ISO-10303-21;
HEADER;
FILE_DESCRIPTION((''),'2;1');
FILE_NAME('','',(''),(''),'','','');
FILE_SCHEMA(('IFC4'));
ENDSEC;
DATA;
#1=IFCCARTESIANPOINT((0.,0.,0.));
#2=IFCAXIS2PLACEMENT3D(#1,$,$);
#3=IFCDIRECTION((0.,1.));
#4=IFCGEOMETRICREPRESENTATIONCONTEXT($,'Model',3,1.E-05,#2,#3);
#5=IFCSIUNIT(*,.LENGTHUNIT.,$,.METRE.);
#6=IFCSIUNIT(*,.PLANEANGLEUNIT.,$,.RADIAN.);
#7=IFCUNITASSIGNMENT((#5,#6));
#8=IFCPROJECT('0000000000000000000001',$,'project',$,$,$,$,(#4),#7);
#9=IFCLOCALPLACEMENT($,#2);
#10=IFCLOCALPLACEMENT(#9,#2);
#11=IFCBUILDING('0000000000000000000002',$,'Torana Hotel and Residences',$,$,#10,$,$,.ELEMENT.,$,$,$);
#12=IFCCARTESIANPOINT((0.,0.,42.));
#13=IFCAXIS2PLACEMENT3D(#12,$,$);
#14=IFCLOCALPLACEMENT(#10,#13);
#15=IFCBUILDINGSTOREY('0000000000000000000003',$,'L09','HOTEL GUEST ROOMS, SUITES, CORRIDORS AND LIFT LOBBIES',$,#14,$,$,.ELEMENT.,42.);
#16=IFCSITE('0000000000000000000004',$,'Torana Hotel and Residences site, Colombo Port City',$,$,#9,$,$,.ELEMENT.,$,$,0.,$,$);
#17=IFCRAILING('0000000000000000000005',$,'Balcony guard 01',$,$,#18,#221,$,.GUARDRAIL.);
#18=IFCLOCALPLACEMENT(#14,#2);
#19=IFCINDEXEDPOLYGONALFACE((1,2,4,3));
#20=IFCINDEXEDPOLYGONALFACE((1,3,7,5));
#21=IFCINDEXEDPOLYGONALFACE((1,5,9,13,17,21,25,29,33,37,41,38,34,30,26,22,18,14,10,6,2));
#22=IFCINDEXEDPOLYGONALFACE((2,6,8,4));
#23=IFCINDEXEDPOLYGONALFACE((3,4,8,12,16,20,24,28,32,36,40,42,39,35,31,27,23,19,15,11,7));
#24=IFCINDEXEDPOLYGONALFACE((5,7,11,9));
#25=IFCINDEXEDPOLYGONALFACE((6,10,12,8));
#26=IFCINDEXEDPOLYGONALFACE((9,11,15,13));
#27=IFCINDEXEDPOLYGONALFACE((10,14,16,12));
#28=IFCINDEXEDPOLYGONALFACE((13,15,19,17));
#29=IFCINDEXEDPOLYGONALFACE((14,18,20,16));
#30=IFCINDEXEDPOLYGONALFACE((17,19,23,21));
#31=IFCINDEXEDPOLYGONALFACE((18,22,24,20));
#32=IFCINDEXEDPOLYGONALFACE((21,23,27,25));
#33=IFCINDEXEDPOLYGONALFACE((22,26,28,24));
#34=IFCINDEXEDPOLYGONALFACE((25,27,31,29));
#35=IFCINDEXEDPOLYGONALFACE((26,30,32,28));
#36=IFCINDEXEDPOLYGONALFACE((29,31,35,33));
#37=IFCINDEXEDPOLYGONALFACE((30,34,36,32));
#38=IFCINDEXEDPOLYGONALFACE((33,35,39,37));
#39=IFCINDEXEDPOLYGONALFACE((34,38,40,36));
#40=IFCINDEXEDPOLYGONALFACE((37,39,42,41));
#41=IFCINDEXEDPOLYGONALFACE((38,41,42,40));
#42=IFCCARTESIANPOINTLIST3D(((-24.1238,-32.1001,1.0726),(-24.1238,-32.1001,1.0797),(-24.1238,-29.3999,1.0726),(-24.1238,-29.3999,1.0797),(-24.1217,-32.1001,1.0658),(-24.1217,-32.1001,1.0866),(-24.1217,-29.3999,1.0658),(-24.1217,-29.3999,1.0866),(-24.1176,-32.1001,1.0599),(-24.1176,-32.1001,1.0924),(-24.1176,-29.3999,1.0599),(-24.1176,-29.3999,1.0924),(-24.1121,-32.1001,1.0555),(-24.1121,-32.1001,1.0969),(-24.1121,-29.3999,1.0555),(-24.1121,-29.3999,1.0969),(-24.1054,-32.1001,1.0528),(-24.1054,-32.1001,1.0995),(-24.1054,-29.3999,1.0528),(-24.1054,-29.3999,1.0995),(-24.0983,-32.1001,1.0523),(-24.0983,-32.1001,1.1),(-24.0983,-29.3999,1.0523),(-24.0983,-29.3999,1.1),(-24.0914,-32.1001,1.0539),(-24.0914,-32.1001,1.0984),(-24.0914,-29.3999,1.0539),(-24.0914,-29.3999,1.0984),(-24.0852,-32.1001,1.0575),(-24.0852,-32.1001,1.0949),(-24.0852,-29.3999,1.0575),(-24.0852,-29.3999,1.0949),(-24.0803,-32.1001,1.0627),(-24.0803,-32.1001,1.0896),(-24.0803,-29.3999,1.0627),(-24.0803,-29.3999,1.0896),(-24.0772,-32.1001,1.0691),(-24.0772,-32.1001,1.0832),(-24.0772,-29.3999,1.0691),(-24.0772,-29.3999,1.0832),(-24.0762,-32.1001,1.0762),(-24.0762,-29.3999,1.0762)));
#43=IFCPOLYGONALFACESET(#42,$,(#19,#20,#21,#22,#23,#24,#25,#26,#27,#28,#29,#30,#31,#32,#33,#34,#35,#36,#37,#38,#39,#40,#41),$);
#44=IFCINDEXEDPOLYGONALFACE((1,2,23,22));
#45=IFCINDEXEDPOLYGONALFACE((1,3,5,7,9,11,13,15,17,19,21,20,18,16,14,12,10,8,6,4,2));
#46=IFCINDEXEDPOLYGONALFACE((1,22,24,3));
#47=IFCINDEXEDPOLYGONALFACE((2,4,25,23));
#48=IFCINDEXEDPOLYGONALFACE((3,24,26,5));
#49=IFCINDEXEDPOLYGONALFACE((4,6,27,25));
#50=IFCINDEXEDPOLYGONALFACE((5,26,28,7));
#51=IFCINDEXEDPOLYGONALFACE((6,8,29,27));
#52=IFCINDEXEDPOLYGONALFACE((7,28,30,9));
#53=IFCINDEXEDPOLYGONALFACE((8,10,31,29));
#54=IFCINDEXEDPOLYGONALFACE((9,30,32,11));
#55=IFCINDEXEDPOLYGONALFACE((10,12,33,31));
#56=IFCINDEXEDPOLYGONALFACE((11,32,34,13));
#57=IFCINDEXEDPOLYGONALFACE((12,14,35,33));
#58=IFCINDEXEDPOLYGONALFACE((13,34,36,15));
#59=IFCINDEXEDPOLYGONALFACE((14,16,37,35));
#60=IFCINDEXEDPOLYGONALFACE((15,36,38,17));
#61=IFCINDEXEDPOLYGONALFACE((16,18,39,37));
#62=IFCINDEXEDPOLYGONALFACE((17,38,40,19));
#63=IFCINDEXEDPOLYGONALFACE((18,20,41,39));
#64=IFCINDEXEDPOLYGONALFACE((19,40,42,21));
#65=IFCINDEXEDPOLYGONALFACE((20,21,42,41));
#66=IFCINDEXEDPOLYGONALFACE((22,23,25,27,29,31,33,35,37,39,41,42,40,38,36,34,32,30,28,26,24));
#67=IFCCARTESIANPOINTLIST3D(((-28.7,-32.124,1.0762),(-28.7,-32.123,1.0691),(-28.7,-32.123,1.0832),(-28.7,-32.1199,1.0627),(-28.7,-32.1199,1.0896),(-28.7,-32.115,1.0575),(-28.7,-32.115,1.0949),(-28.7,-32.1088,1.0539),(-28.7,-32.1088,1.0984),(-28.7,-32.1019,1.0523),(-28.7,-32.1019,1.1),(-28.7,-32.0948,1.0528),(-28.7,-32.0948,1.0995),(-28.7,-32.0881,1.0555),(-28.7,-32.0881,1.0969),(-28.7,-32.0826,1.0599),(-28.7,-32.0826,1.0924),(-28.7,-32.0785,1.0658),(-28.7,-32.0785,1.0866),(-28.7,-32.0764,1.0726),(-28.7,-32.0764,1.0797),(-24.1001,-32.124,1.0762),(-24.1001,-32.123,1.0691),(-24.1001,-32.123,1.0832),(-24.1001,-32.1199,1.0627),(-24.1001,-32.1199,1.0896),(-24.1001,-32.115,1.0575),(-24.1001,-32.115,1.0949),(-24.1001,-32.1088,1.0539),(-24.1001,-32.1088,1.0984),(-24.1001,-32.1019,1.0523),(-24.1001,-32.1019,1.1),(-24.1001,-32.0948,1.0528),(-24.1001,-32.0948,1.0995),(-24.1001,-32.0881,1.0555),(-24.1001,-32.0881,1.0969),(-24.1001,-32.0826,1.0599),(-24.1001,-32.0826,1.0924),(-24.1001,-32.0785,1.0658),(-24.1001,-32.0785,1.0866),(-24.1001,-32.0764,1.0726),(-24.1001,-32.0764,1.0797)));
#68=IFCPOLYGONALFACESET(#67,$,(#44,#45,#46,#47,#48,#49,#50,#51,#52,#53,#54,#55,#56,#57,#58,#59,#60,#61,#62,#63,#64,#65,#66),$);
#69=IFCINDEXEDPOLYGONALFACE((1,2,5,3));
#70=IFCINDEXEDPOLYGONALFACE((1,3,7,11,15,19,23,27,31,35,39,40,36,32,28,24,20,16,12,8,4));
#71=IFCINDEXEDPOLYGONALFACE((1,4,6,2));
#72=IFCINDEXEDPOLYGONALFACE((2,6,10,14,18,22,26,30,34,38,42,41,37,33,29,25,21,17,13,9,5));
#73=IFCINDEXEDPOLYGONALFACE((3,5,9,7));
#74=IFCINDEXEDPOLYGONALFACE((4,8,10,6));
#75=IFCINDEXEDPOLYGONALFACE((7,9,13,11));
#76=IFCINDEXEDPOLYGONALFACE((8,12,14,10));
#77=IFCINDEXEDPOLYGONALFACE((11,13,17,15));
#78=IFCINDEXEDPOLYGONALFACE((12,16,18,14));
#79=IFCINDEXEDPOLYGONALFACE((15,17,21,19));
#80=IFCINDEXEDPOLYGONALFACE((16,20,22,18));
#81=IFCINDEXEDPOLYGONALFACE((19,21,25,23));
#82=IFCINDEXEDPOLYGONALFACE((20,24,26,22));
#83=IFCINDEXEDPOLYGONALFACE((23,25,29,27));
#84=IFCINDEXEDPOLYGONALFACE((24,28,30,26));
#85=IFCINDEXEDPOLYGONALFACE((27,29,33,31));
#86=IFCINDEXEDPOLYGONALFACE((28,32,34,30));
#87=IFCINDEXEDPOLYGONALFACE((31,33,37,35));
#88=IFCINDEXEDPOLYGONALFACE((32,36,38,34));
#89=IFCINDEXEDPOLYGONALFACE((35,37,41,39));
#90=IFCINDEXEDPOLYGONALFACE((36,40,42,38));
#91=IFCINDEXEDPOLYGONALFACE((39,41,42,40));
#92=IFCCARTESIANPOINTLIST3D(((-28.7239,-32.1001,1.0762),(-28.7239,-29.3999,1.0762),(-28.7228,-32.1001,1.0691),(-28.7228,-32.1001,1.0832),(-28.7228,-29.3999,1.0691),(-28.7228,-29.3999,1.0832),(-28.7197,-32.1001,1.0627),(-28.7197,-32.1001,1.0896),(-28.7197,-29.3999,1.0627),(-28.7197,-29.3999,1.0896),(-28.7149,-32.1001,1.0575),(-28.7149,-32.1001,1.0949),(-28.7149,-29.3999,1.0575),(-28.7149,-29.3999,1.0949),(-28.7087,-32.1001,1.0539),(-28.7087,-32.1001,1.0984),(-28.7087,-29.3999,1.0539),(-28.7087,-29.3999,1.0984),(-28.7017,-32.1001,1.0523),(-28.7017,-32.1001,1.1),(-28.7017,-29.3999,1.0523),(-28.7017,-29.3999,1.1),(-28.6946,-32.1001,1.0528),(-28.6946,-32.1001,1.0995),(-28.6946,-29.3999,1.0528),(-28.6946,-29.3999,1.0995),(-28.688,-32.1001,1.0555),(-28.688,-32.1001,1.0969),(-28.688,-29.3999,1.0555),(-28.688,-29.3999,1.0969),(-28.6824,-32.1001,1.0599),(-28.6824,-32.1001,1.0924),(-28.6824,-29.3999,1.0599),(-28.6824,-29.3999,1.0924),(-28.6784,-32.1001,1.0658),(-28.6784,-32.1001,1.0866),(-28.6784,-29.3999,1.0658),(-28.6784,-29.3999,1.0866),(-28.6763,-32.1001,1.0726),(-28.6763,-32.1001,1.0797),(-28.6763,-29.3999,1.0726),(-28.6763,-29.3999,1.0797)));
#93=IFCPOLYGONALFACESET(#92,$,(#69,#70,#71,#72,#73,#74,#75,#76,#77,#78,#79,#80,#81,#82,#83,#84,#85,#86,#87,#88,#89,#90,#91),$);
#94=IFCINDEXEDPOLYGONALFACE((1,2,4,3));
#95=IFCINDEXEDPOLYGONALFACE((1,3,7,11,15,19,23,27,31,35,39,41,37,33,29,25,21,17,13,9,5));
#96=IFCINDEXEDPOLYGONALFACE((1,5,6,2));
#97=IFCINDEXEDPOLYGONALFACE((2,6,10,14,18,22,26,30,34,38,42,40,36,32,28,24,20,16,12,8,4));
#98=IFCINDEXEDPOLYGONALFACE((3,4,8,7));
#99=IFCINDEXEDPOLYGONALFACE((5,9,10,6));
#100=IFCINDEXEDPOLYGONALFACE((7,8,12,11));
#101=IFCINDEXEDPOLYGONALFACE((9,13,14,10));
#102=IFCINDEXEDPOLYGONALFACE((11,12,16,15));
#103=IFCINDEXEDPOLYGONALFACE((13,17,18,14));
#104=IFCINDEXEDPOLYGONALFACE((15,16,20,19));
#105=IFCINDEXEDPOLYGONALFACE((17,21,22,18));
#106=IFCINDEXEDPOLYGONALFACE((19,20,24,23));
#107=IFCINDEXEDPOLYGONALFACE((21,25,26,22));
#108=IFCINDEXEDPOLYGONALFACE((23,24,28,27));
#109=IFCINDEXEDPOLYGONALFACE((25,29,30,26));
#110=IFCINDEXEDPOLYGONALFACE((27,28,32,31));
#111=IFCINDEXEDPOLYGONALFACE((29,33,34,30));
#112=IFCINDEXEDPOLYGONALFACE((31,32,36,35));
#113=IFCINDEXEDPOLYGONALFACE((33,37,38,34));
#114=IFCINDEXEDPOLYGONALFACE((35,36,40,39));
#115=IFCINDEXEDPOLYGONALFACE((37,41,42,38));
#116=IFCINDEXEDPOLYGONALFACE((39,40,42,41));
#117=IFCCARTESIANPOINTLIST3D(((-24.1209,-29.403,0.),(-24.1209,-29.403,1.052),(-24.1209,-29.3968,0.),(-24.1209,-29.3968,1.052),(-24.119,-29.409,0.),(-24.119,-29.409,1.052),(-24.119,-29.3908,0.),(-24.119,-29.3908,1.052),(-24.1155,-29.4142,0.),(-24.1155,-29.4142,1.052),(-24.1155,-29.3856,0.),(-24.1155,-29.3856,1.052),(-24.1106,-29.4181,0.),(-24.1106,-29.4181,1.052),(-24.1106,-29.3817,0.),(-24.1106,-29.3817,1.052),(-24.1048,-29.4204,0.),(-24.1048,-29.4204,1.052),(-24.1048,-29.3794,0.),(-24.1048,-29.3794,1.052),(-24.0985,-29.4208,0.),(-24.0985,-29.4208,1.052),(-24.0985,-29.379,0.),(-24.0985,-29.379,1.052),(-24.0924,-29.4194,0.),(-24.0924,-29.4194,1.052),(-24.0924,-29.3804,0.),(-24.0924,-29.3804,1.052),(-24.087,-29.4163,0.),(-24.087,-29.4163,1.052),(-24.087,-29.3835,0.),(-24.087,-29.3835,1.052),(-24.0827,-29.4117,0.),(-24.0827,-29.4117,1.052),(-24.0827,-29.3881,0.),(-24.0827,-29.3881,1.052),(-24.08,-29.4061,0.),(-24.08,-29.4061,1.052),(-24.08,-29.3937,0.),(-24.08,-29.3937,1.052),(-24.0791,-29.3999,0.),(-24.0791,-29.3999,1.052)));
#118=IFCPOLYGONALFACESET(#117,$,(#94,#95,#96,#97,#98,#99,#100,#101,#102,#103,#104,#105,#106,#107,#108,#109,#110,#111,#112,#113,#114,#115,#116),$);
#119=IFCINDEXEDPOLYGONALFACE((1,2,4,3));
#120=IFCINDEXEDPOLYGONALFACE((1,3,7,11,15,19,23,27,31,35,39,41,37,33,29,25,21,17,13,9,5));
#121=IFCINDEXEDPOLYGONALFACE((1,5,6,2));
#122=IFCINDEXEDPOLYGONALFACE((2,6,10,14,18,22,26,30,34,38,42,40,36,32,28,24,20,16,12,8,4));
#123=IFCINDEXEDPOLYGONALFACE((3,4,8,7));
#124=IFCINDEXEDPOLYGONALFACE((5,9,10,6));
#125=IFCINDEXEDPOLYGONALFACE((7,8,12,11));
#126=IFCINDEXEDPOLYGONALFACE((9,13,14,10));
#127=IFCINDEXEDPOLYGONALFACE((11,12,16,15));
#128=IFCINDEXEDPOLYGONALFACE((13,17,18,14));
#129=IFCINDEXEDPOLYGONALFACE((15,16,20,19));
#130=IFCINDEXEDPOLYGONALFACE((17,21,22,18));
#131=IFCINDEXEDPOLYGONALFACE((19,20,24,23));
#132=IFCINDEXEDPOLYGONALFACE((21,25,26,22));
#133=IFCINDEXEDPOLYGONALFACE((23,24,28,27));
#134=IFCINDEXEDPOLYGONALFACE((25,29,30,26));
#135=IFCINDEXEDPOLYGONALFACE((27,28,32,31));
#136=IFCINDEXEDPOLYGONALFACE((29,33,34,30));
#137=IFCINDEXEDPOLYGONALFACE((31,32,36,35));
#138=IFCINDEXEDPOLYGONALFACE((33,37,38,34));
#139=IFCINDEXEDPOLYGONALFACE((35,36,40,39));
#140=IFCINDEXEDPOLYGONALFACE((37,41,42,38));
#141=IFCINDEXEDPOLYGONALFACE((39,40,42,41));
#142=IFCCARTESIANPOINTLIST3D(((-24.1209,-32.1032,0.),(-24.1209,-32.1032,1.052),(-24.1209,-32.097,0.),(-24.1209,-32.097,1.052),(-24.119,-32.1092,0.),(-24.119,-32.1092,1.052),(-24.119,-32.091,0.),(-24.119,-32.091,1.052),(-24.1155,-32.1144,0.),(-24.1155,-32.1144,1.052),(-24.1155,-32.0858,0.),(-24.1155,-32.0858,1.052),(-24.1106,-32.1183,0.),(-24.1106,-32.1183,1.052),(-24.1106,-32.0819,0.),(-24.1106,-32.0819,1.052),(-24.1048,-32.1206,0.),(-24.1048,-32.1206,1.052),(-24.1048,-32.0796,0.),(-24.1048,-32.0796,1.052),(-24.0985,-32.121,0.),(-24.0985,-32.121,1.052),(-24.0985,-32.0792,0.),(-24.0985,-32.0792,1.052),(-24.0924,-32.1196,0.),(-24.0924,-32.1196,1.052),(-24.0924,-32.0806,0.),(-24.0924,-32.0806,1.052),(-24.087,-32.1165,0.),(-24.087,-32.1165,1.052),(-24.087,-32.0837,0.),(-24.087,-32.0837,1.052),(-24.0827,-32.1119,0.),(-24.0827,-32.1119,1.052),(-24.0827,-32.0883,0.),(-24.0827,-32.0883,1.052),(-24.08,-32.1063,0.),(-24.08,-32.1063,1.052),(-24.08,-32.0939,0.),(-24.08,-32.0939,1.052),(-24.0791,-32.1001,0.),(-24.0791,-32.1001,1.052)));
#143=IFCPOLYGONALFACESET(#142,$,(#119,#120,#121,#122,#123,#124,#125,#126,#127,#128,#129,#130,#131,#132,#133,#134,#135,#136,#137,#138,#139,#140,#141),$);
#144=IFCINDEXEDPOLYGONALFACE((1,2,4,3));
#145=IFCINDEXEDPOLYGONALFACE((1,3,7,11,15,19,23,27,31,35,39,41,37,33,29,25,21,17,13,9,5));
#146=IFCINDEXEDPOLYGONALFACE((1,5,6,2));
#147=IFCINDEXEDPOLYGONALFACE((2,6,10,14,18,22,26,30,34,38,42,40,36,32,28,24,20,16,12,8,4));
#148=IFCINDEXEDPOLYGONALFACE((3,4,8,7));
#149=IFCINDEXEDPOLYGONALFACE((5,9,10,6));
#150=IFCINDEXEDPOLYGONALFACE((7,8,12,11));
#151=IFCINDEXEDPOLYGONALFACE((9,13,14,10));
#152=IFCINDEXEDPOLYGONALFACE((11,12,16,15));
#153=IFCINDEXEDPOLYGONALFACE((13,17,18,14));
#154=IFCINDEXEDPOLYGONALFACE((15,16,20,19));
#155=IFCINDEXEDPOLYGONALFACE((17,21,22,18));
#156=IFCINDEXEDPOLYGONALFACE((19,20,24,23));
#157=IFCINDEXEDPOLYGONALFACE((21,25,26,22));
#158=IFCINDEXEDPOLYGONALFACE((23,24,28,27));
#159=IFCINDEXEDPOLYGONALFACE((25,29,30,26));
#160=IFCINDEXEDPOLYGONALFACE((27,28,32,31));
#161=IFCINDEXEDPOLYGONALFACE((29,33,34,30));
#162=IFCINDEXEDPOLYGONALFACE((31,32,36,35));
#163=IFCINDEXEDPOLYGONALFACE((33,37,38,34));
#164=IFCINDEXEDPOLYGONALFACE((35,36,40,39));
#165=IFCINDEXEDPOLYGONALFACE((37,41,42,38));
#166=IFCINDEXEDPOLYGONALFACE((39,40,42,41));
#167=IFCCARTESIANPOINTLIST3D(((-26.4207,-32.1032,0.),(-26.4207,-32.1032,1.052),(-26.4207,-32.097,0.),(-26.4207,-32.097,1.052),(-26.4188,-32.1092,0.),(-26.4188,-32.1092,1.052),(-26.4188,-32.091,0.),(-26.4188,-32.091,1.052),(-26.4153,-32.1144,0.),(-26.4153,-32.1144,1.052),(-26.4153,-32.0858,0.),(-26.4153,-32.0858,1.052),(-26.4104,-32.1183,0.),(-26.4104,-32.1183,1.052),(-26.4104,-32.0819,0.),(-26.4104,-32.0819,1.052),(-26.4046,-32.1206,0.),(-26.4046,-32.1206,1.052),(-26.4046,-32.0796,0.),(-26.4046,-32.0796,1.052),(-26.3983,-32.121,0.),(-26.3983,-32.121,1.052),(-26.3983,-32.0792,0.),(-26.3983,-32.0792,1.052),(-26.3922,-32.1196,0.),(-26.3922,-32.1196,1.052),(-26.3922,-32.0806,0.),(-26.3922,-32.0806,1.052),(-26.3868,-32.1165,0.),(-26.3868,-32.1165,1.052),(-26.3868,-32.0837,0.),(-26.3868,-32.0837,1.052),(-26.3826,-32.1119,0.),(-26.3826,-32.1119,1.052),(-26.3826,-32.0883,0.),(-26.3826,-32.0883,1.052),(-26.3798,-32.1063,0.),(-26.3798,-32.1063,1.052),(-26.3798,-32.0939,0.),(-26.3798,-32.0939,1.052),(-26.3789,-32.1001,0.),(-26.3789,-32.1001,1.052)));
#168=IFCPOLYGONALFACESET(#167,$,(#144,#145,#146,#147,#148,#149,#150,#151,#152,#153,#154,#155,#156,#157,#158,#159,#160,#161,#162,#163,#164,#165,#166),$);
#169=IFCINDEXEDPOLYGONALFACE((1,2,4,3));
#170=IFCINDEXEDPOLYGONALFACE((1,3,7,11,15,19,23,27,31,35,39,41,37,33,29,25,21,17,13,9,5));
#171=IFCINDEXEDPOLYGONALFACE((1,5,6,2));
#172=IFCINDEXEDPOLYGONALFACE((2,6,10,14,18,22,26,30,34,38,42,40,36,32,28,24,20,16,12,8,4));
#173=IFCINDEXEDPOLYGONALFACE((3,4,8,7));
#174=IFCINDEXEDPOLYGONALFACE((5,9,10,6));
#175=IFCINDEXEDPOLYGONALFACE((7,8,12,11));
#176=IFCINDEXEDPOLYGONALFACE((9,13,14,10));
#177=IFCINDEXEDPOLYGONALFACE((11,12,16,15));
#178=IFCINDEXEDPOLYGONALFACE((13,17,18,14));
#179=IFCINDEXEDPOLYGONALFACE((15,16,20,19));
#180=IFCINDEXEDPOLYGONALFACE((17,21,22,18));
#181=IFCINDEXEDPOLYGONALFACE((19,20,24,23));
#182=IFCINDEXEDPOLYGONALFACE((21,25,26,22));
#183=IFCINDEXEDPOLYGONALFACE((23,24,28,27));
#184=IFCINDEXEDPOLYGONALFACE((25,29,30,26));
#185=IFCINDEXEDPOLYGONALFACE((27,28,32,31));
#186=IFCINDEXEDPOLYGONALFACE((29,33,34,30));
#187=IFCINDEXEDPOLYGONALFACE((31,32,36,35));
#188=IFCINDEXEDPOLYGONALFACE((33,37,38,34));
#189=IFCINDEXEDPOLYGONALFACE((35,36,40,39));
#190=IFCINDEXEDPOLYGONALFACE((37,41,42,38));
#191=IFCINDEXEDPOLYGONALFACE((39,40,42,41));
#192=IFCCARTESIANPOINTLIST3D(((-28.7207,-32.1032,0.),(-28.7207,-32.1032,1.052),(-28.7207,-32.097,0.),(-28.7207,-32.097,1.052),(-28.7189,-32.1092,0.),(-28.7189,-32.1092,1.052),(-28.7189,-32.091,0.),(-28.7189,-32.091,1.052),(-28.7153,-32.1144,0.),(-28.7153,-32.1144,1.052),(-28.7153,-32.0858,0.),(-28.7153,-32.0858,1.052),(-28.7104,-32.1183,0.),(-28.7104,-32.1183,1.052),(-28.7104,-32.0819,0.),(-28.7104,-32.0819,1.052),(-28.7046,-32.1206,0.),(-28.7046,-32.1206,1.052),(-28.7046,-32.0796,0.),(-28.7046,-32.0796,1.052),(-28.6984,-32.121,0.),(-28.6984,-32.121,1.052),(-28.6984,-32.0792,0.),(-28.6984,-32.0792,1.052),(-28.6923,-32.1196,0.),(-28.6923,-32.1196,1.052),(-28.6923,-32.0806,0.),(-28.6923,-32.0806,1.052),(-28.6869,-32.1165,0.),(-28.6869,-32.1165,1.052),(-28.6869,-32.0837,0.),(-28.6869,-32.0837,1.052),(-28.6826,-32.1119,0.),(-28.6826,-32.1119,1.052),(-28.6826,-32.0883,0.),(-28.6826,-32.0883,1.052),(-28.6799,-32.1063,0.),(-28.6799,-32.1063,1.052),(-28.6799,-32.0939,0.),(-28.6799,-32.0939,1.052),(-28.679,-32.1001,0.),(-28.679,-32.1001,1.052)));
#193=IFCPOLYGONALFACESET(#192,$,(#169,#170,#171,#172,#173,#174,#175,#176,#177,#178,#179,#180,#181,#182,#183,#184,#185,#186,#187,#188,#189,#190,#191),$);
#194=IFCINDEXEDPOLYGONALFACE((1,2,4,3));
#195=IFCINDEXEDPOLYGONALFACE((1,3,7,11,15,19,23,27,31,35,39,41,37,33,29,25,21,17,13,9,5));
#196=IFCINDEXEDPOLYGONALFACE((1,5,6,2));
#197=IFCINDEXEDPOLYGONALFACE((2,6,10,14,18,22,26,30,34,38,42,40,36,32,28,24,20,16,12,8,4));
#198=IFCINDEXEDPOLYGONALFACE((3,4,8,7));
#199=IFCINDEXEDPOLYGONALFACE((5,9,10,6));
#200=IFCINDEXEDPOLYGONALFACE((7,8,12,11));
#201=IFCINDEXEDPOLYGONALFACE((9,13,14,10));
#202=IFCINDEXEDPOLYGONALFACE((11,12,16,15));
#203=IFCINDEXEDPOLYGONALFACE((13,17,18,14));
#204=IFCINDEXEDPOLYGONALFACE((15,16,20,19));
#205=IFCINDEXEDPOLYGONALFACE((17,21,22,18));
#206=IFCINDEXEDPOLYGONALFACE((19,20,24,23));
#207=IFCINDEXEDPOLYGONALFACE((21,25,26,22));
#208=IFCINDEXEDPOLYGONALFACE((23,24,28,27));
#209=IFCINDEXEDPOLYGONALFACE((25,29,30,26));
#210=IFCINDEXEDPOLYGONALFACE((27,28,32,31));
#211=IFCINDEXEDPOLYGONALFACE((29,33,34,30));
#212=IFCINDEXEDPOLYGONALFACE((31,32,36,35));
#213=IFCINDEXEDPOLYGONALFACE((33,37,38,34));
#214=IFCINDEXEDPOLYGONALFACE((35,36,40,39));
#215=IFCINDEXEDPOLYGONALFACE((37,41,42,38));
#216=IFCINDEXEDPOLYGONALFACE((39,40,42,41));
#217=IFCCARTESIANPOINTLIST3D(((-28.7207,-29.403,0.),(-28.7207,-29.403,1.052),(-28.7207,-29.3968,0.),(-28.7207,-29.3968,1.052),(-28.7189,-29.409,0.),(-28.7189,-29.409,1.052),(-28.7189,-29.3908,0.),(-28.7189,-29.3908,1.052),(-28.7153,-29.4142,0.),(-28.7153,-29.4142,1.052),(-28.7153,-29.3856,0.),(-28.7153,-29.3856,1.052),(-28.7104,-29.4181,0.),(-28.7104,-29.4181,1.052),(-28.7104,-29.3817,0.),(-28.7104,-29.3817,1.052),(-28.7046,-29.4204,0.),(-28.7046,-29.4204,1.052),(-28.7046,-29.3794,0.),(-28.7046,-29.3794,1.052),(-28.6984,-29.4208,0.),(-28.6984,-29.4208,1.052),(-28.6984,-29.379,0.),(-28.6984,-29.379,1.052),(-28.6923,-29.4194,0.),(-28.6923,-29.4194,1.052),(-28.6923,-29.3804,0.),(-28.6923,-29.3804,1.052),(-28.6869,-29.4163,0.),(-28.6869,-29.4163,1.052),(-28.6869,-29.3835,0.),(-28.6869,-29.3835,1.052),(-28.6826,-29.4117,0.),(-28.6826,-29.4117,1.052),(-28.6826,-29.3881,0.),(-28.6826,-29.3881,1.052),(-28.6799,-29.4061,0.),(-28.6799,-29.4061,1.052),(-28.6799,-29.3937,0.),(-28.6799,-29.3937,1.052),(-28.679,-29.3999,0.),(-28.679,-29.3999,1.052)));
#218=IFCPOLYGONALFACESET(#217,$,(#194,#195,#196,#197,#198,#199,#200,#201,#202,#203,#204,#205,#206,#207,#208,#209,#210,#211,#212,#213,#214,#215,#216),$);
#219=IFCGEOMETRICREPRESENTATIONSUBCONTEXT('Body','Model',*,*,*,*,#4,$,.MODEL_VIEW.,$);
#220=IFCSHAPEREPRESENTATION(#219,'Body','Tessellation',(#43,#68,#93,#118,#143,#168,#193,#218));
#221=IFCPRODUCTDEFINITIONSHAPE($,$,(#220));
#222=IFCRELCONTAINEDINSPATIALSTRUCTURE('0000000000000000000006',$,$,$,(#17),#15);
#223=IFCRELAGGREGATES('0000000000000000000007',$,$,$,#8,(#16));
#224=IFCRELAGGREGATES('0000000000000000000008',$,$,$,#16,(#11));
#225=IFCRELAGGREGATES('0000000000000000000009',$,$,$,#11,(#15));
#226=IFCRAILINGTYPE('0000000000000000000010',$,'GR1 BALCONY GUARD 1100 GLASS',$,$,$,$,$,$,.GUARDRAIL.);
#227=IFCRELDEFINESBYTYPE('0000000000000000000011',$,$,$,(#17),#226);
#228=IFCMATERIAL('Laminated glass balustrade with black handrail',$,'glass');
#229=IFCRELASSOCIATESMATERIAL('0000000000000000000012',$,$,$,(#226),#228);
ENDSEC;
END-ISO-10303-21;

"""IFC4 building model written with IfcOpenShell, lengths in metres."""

from ifc_helpers import new_model, si_unit, direction, frame, origin, origin_2d, place, context, subcontext, project, spatial, circle, extrude, material, type_object, element, save


model = new_model("IFC4")

# Units and contexts
model_context = context("Model", 3, precision=1e-05, world=origin(), true_north=direction((0.0, 1.0)))
body_context = subcontext(model_context, "Body", "Model", "MODEL_VIEW")
ifc_project = project(units=[si_unit("LENGTHUNIT", "METRE"), si_unit("PLANEANGLEUNIT", "RADIAN")], contexts=[model_context])

# Site, building, storey
site_placement = place(None, origin())
site = spatial("IfcSite", under=ifc_project, at=site_placement, Name="Torana Hotel and Residences site, Colombo Port City", CompositionType="ELEMENT", RefElevation=0.0)
building_placement = place(site_placement, origin())
building = spatial("IfcBuilding", under=site, at=building_placement, Name="Torana Hotel and Residences", CompositionType="ELEMENT")
storey_placement = place(building_placement, frame((0.0, 0.0, 42.0)))
storey = spatial("IfcBuildingStorey", under=building, at=storey_placement, Name="L09", Description="HOTEL GUEST ROOMS, SUITES, CORRIDORS AND LIFT LOBBIES", CompositionType="ELEMENT", Elevation=42.0)

# Railing
ifc_material_1 = material(Name="Laminated glass balustrade with black handrail", Category="glass")
railing_type = type_object("IfcRailingType", Name="GR1 BALCONY GUARD 1100 GLASS", PredefinedType="GUARDRAIL", material=ifc_material_1)
railing_placement = place(storey_placement, frame((-24.1001, -29.3999, 0.0)))
element("IfcRailing", 1, at=railing_placement, inside=storey, type_object=railing_type, Name="Balcony guard 01", PredefinedType="GUARDRAIL", context=body_context, shape_type="SweptSolid", body=[
    extrude(circle(Radius=0.0239, at=origin_2d()), frame((0.0, 0.0, 1.0762), z_axis=(0.0, -1.0, 0.0), x_axis=(1.0, 0.0, 0.0)), (0.0, 0.0, 1.0), 2.7002),
    extrude(circle(Radius=0.0239, at=origin_2d()), frame((0.0, -2.7002, 1.0762), z_axis=(-1.0, 0.0, 0.0), x_axis=(0.0, -1.0, 0.0)), (0.0, 0.0, 1.0), 4.5999),
    extrude(circle(Radius=0.0239, at=origin_2d()), frame((-4.5999, -2.7002, 1.0762), z_axis=(0.0, 1.0, 0.0), x_axis=(-1.0, 0.0, 0.0)), (0.0, 0.0, 1.0), 2.7002),
    extrude(circle(Radius=0.021, at=origin_2d()), origin(), (0.0, 0.0, 1.0), 1.052),
    extrude(circle(Radius=0.021, at=origin_2d()), frame((0.0, -2.7002, 0.0)), (0.0, 0.0, 1.0), 1.052),
    extrude(circle(Radius=0.021, at=origin_2d()), frame((-2.2998, -2.7002, 0.0)), (0.0, 0.0, 1.0), 1.052),
    extrude(circle(Radius=0.021, at=origin_2d()), frame((-4.5999, -2.7002, 0.0)), (0.0, 0.0, 1.0), 1.052),
    extrude(circle(Radius=0.021, at=origin_2d()), frame((-4.5999, 0.0, 0.0)), (0.0, 0.0, 1.0), 1.052),
])

save(model, "model.ifc")
